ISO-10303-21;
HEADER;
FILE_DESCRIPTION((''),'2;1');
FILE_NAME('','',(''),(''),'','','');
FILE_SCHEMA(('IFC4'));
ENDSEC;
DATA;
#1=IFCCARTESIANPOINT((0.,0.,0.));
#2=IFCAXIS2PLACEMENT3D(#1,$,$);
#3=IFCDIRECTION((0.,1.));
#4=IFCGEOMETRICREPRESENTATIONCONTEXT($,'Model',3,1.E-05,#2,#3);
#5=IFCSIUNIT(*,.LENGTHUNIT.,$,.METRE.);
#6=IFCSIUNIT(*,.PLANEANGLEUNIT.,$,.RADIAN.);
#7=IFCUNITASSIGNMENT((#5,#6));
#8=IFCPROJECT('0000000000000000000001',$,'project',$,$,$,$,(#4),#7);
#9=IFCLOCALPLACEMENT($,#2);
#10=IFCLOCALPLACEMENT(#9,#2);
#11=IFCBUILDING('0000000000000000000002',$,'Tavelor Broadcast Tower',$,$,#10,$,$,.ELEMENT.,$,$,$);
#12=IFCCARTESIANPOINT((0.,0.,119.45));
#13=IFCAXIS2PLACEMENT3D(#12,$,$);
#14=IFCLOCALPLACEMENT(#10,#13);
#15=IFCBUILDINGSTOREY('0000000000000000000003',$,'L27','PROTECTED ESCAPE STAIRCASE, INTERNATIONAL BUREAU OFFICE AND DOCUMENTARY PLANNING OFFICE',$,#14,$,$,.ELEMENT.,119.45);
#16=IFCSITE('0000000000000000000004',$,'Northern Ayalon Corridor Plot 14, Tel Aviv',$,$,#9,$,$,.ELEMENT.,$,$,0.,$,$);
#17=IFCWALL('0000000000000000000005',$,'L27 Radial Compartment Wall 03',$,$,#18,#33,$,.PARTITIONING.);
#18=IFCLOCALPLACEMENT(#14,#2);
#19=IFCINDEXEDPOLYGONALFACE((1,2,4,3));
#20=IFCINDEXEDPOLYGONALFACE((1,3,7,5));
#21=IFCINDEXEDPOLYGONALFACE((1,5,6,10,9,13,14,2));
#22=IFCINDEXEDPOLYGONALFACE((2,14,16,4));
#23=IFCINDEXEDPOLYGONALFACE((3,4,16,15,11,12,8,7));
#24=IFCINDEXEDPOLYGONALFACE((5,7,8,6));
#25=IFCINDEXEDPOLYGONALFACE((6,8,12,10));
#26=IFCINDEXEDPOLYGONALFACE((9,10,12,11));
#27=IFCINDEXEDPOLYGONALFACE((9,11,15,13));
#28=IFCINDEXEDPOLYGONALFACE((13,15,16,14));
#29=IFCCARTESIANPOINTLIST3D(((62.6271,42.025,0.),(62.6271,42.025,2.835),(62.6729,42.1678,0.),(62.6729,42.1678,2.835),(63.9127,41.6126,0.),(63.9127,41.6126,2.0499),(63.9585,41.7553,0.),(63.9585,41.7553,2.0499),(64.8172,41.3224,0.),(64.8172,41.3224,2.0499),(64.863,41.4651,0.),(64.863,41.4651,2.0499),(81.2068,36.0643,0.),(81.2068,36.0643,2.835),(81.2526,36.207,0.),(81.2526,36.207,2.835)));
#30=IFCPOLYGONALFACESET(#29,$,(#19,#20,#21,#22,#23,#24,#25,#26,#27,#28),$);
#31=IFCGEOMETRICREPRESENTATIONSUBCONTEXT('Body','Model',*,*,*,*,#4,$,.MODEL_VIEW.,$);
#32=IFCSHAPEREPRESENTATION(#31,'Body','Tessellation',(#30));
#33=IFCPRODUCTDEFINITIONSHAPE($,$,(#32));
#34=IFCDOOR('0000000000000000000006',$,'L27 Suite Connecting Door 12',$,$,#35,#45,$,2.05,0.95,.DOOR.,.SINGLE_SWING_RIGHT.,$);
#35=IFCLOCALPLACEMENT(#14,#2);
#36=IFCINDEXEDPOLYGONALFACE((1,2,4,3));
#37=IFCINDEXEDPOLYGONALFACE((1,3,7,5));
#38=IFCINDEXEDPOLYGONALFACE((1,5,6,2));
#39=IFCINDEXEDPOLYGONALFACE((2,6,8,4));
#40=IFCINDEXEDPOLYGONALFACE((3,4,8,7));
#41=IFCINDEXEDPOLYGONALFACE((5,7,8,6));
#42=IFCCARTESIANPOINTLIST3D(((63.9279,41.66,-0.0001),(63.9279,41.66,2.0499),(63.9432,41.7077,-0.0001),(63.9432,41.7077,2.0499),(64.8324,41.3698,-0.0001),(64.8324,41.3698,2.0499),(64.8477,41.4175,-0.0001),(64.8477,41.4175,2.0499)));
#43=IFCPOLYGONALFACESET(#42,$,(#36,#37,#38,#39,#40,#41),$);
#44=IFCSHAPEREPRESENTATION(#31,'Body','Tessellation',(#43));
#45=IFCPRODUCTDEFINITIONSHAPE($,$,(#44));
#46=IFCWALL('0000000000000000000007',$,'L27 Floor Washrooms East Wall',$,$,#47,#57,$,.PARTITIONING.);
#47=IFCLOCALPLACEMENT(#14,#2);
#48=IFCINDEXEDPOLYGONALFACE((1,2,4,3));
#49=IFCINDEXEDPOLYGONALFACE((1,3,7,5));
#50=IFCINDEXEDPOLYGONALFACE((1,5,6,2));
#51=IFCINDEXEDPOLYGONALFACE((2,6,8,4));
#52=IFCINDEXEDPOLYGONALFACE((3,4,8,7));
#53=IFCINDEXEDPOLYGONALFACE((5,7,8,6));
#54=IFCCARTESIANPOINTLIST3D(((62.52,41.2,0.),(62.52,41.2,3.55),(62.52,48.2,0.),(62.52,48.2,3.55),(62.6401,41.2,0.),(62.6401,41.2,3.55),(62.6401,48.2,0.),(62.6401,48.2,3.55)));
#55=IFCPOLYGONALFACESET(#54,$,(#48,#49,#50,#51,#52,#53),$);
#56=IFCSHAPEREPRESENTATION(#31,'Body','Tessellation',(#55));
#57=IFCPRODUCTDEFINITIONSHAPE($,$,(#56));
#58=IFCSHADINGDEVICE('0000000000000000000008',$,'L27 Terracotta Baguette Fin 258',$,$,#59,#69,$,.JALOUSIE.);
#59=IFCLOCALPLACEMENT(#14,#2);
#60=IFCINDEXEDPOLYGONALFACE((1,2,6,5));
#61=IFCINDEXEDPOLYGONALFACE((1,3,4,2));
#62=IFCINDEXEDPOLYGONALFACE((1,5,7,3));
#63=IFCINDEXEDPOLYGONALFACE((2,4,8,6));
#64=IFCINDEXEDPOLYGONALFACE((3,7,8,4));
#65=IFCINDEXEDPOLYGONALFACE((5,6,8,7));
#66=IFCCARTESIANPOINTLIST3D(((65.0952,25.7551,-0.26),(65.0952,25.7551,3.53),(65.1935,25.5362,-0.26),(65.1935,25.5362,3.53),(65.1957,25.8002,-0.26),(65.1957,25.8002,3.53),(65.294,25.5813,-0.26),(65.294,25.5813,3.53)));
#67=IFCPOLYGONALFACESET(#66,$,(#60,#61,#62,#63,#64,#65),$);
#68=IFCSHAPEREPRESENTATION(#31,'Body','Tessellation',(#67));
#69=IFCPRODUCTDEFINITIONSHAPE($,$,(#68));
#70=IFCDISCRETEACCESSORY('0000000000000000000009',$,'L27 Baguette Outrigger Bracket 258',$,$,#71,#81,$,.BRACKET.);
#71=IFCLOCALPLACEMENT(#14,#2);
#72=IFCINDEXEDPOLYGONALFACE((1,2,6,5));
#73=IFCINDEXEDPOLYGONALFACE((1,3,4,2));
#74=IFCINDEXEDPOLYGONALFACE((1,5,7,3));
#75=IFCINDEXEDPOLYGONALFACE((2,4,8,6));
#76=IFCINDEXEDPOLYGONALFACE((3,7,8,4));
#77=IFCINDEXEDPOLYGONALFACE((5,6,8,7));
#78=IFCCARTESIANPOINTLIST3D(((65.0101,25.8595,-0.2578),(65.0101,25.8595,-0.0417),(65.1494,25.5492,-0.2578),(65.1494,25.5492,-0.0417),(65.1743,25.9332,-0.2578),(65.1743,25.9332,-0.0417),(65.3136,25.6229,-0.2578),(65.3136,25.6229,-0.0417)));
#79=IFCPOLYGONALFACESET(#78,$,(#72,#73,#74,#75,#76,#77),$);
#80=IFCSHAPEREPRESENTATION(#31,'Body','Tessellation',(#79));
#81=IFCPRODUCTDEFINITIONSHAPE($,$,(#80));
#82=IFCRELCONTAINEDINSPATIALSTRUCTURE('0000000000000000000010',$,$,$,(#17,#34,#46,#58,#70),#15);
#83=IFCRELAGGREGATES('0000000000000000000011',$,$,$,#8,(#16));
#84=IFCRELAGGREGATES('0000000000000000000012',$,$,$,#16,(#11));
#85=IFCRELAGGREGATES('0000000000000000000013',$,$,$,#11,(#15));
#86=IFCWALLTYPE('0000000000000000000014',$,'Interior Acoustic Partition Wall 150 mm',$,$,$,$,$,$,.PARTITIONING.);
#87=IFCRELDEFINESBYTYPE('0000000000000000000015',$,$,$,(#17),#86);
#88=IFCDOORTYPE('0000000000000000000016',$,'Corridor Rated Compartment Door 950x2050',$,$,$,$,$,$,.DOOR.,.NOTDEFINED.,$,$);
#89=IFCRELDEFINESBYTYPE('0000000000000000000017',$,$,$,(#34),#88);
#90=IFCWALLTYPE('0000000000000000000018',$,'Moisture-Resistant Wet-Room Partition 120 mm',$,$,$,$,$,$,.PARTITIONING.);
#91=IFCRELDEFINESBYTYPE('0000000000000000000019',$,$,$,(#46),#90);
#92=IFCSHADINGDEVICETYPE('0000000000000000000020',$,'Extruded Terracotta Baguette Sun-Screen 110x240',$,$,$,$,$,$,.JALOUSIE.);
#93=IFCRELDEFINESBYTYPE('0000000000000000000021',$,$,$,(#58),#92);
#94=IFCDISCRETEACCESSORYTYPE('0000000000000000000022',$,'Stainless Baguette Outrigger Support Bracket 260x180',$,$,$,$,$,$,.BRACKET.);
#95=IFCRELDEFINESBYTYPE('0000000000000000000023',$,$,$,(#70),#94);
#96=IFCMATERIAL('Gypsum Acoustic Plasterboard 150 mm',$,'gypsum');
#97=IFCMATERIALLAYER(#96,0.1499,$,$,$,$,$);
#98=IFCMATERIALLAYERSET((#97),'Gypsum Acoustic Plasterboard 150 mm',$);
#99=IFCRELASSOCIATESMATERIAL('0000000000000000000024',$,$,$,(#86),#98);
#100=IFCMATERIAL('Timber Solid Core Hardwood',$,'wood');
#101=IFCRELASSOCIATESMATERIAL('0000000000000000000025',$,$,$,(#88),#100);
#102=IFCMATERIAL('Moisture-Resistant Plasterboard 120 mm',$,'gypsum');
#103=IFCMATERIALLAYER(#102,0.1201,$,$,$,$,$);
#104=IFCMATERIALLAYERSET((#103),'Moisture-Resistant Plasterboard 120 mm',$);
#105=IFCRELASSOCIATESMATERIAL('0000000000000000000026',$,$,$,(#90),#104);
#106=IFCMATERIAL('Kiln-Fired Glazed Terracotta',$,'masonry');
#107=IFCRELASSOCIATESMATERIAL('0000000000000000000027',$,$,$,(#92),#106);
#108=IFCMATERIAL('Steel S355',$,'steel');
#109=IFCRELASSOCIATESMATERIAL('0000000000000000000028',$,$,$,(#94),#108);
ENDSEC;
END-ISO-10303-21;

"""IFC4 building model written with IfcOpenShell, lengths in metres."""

from ifc_helpers import new_model, si_unit, direction, frame, frame_2d, origin, origin_2d, place, context, subcontext, project, spatial, rectangle, extrude, source, transform, mapped, material, layer, layer_set, type_object, type_shapes, element, fill, save


model = new_model("IFC4")

# Units and contexts
model_context = context("Model", 3, precision=1e-05, world=origin(), true_north=direction((0.0, 1.0)))
body_context = subcontext(model_context, "Body", "Model", "MODEL_VIEW")
ifc_project = project(units=[si_unit("LENGTHUNIT", "METRE"), si_unit("PLANEANGLEUNIT", "RADIAN")], contexts=[model_context])

# Site, building, storey
site_placement = place(None, origin())
site = spatial("IfcSite", under=ifc_project, at=site_placement, Name="Northern Ayalon Corridor Plot 14, Tel Aviv", CompositionType="ELEMENT", RefElevation=0.0)
building_placement = place(site_placement, origin())
building = spatial("IfcBuilding", under=site, at=building_placement, Name="Tavelor Broadcast Tower", CompositionType="ELEMENT")
storey_placement = place(building_placement, frame((0.0, 0.0, 119.45)))
storey = spatial("IfcBuildingStorey", under=building, at=storey_placement, Name="L27", Description="PROTECTED ESCAPE STAIRCASE, INTERNATIONAL BUREAU OFFICE AND DOCUMENTARY PLANNING OFFICE", CompositionType="ELEMENT", Elevation=119.45)

# Shared definitions
ifc_material_1 = material(Name="Steel S355", Category="steel")

# Wall, opening, door
ifc_material_2 = material(Name="Gypsum Acoustic Plasterboard 150 mm", Category="gypsum")
ifc_layer_1 = layer(ifc_material_2, 0.1499)
ifc_layer_set_1 = layer_set([ifc_layer_1], Name="Gypsum Acoustic Plasterboard 150 mm")
wall_type_1 = type_object("IfcWallType", Name="Interior Acoustic Partition Wall 150 mm", PredefinedType="PARTITIONING", material=ifc_layer_set_1)
wall_1_placement = place(storey_placement, frame((62.6499, 42.0964, 0.0), z_axis=(0.0, 0.0, 1.0), x_axis=(0.952197, -0.305483, 0.0)))
wall_1 = element("IfcWall", 1, at=wall_1_placement, inside=storey, type_object=wall_type_1, Name="L27 Radial Compartment Wall 03", PredefinedType="PARTITIONING", context=body_context, shape_type="SweptSolid", body=[
    extrude(rectangle(XDim=19.5125, YDim=0.1499, at=frame_2d((9.7563, 0.0))), origin(), (0.0, 0.0, 1.0), 2.835),
])
opening_placement = place(wall_1_placement, frame((1.3501, 0.0, 0.0)))
opening = element("IfcOpeningElement", 2, at=opening_placement, cuts=wall_1, PredefinedType="OPENING", context=body_context, shape_type="SweptSolid", body=[
    extrude(rectangle(XDim=0.95, YDim=2.05, at=frame_2d((0.4751, 1.0249))), frame((0.0, 0.085, 0.0), z_axis=(0.0, -1.0, 0.0), x_axis=(1.0, 0.0, 0.0)), (0.0, 0.0, 1.0), 0.1699),
])
ifc_material_3 = material(Name="Timber Solid Core Hardwood", Category="wood")
door_type = type_object("IfcDoorType", Name="Corridor Rated Compartment Door 950x2050", OperationType="NOTDEFINED", PredefinedType="DOOR", material=ifc_material_3)
door_placement = place(opening_placement, origin())
door = element("IfcDoor", 3, at=door_placement, inside=storey, type_object=door_type, Name="L27 Suite Connecting Door 12", OperationType="SINGLE_SWING_RIGHT", OverallHeight=2.05, OverallWidth=0.95, PredefinedType="DOOR", context=body_context, shape_type="SweptSolid", body=[
    extrude(rectangle(XDim=0.95, YDim=2.05, at=frame_2d((0.4751, 1.0249))), frame((0.0, 0.0249, 0.0), z_axis=(0.0, -1.0, 0.0), x_axis=(1.0, 0.0, 0.0)), (0.0, 0.0, 1.0), 0.05),
])
fill(opening, door)

# Wall
ifc_material_4 = material(Name="Moisture-Resistant Plasterboard 120 mm", Category="gypsum")
ifc_layer_2 = layer(ifc_material_4, 0.1201)
ifc_layer_set_2 = layer_set([ifc_layer_2], Name="Moisture-Resistant Plasterboard 120 mm")
wall_type_2 = type_object("IfcWallType", Name="Moisture-Resistant Wet-Room Partition 120 mm", PredefinedType="PARTITIONING", material=ifc_layer_set_2)
wall_2_placement = place(storey_placement, frame((62.5801, 41.2, 0.0), z_axis=(0.0, 0.0, 1.0), x_axis=(0.0, 1.0, 0.0)))
element("IfcWall", 4, at=wall_2_placement, inside=storey, type_object=wall_type_2, Name="L27 Floor Washrooms East Wall", PredefinedType="PARTITIONING", context=body_context, shape_type="SweptSolid", body=[
    extrude(rectangle(XDim=7.0, YDim=0.1201, at=frame_2d((3.5, 0.0))), origin(), (0.0, 0.0, 1.0), 3.55),
])

# Shading device
ifc_material_5 = material(Name="Kiln-Fired Glazed Terracotta", Category="masonry")
shading_device_type = type_object("IfcShadingDeviceType", Name="Extruded Terracotta Baguette Sun-Screen 110x240", PredefinedType="JALOUSIE", material=ifc_material_5)
shared_shape_1 = source(origin(), body_context, "Body", "SweptSolid", [
    extrude(rectangle(XDim=0.1101, YDim=0.24, at=origin_2d()), origin(), (0.0, 0.0, 1.0), 3.79),
])
type_shapes(shading_device_type, [shared_shape_1])
shading_device_placement = place(storey_placement, frame((65.1946, 25.6682, -0.26), z_axis=(0.0, 0.0, 1.0), x_axis=(0.912263, 0.409605, 0.0)))
element("IfcShadingDevice", 5, at=shading_device_placement, inside=storey, type_object=shading_device_type, Name="L27 Terracotta Baguette Fin 258", PredefinedType="JALOUSIE", context=body_context, shape_type="MappedRepresentation", body=[
    mapped(shared_shape_1, transform((0.0, 0.0, 0.0), scale=1.0)),
])

# Discrete accessory
discrete_accessory_type = type_object("IfcDiscreteAccessoryType", Name="Stainless Baguette Outrigger Support Bracket 260x180", PredefinedType="BRACKET", material=ifc_material_1)
shared_shape_2 = source(origin(), body_context, "Body", "SweptSolid", [
    extrude(rectangle(XDim=0.1799, YDim=0.3401, at=origin_2d()), origin(), (0.0, 0.0, 1.0), 0.2161),
])
type_shapes(discrete_accessory_type, [shared_shape_2])
discrete_accessory_placement = place(storey_placement, frame((65.1619, 25.7412, -0.2578), z_axis=(0.0, 0.0, 1.0), x_axis=(0.912263, 0.409605, 0.0)))
element("IfcDiscreteAccessory", 6, at=discrete_accessory_placement, inside=storey, type_object=discrete_accessory_type, Name="L27 Baguette Outrigger Bracket 258", PredefinedType="BRACKET", context=body_context, shape_type="MappedRepresentation", body=[
    mapped(shared_shape_2, transform((0.0, 0.0, 0.0), scale=1.0)),
])

save(model, "model.ifc")
